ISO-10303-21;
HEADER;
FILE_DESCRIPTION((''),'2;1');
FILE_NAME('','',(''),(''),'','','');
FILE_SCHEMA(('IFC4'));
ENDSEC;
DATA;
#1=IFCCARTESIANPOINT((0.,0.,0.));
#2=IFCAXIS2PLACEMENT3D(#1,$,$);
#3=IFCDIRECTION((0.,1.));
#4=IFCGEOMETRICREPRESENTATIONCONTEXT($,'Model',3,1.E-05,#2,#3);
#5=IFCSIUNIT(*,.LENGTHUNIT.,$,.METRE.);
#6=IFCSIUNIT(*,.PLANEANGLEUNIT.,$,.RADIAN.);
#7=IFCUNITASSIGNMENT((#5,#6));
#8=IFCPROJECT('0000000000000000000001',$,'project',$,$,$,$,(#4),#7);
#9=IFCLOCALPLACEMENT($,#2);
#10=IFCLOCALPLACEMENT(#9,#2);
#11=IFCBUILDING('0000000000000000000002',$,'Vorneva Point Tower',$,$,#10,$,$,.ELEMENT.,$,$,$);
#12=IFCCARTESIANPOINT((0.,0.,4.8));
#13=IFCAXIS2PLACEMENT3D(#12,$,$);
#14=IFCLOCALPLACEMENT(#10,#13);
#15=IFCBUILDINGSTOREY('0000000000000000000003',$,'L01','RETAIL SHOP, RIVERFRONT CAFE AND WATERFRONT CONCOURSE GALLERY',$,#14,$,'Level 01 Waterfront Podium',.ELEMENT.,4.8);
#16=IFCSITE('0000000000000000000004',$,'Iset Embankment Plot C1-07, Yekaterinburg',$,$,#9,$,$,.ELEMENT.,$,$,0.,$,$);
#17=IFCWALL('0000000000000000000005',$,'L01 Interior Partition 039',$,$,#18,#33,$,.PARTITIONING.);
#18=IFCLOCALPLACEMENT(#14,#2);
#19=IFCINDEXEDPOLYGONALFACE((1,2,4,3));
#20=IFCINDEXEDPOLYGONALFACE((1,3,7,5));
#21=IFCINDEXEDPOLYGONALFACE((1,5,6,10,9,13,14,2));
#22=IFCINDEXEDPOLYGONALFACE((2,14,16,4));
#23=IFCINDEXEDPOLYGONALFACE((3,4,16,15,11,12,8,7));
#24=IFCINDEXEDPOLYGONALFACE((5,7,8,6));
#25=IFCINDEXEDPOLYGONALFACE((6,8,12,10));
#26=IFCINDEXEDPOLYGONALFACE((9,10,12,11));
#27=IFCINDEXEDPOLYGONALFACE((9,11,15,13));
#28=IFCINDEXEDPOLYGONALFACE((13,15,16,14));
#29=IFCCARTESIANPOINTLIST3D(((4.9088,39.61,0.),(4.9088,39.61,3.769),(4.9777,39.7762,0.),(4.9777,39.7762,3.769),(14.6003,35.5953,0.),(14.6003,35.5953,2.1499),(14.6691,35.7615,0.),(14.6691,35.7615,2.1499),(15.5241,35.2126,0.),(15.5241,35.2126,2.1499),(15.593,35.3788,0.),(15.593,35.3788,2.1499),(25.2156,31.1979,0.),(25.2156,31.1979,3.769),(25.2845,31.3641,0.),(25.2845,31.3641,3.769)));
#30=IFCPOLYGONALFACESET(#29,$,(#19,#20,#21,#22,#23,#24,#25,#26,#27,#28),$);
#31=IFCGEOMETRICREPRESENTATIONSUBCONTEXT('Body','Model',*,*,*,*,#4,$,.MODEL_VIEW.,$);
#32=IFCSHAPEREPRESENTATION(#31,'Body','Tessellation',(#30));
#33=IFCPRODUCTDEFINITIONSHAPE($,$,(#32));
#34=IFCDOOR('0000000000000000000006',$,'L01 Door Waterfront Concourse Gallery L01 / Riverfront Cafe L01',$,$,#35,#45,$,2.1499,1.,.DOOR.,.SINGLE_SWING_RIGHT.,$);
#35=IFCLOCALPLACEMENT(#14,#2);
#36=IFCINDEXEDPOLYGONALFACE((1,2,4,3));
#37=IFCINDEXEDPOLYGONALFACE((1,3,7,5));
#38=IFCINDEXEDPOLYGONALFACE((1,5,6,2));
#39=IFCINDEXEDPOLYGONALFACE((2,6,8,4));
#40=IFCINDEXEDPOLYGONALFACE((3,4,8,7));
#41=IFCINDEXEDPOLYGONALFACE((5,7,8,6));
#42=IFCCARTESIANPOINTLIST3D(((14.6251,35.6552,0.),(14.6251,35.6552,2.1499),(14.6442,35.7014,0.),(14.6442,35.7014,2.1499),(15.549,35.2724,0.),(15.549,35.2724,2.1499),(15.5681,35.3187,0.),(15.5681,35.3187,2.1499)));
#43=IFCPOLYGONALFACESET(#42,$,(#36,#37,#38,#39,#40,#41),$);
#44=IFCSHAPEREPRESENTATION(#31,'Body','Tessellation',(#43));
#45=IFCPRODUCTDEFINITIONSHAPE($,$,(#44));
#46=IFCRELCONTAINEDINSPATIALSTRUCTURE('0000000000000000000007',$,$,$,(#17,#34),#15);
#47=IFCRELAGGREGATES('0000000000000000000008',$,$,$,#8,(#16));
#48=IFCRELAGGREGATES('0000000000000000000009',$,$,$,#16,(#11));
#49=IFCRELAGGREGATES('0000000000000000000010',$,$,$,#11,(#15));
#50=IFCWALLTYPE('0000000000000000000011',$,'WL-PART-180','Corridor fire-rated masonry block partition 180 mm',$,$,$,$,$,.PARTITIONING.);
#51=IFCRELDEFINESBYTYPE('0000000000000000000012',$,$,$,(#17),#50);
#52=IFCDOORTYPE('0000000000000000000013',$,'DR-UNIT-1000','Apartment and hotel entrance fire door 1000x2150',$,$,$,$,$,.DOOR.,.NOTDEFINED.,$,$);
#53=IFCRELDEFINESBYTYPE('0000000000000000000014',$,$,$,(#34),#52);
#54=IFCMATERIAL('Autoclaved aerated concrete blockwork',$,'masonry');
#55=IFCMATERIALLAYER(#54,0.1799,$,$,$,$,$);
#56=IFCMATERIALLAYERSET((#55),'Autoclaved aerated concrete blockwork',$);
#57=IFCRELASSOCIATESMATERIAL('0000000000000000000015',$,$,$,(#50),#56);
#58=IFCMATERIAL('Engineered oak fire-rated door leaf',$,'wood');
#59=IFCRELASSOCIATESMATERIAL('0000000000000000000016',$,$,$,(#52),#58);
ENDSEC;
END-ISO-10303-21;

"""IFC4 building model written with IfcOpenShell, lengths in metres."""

from ifc_helpers import new_model, si_unit, direction, frame, frame_2d, origin, place, context, subcontext, project, spatial, rectangle, extrude, material, layer, layer_set, type_object, element, fill, save


model = new_model("IFC4")

# Units and contexts
model_context = context("Model", 3, precision=1e-05, world=origin(), true_north=direction((0.0, 1.0)))
body_context = subcontext(model_context, "Body", "Model", "MODEL_VIEW")
ifc_project = project(units=[si_unit("LENGTHUNIT", "METRE"), si_unit("PLANEANGLEUNIT", "RADIAN")], contexts=[model_context])

# Site, building, storey
site_placement = place(None, origin())
site = spatial("IfcSite", under=ifc_project, at=site_placement, Name="Iset Embankment Plot C1-07, Yekaterinburg", CompositionType="ELEMENT", RefElevation=0.0)
building_placement = place(site_placement, origin())
building = spatial("IfcBuilding", under=site, at=building_placement, Name="Vorneva Point Tower", CompositionType="ELEMENT")
storey_placement = place(building_placement, frame((0.0, 0.0, 4.8)))
storey = spatial("IfcBuildingStorey", under=building, at=storey_placement, Name="L01", Description="RETAIL SHOP, RIVERFRONT CAFE AND WATERFRONT CONCOURSE GALLERY", LongName="Level 01 Waterfront Podium", CompositionType="ELEMENT", Elevation=4.8)

# Wall, opening, door
ifc_material_1 = material(Name="Autoclaved aerated concrete blockwork", Category="masonry")
ifc_layer_1 = layer(ifc_material_1, 0.1799)
ifc_layer_set_1 = layer_set([ifc_layer_1], Name="Autoclaved aerated concrete blockwork")
wall_type_1 = type_object("IfcWallType", Name="WL-PART-180", Description="Corridor fire-rated masonry block partition 180 mm", PredefinedType="PARTITIONING", material=ifc_layer_set_1)
wall_1_placement = place(storey_placement, frame((4.9431, 39.6931, 0.0), z_axis=(0.0, 0.0, 1.0), x_axis=(0.923868, -0.382711, 0.0)))
wall_1 = element("IfcWall", 1, at=wall_1_placement, inside=storey, type_object=wall_type_1, Name="L01 Interior Partition 039", PredefinedType="PARTITIONING", context=body_context, shape_type="SweptSolid", body=[
    extrude(rectangle(XDim=21.9802, YDim=0.1799, at=frame_2d((10.9902, 0.0))), origin(), (0.0, 0.0, 1.0), 3.769),
])
opening_placement = place(wall_1_placement, frame((10.4902, 0.0, 0.0)))
opening = element("IfcOpeningElement", 2, at=opening_placement, cuts=wall_1, PredefinedType="OPENING", context=body_context, shape_type="SweptSolid", body=[
    extrude(rectangle(XDim=1.0, YDim=2.1499, at=frame_2d((0.5, 1.075))), frame((0.0, 0.105, 0.0), z_axis=(0.0, -1.0, 0.0), x_axis=(1.0, 0.0, 0.0)), (0.0, 0.0, 1.0), 0.2097),
])
ifc_material_2 = material(Name="Engineered oak fire-rated door leaf", Category="wood")
door_type = type_object("IfcDoorType", Name="DR-UNIT-1000", Description="Apartment and hotel entrance fire door 1000x2150", OperationType="NOTDEFINED", PredefinedType="DOOR", material=ifc_material_2)
door_placement = place(opening_placement, origin())
door = element("IfcDoor", 3, at=door_placement, inside=storey, type_object=door_type, Name="L01 Door Waterfront Concourse Gallery L01 / Riverfront Cafe L01", OperationType="SINGLE_SWING_RIGHT", OverallHeight=2.1499, OverallWidth=1.0, PredefinedType="DOOR", context=body_context, shape_type="SweptSolid", body=[
    extrude(rectangle(XDim=1.0, YDim=2.1499, at=frame_2d((0.5, 1.075))), frame((0.0, 0.0249, 0.0), z_axis=(0.0, -1.0, 0.0), x_axis=(1.0, 0.0, 0.0)), (0.0, 0.0, 1.0), 0.05),
])
fill(opening, door)

save(model, "model.ifc")
